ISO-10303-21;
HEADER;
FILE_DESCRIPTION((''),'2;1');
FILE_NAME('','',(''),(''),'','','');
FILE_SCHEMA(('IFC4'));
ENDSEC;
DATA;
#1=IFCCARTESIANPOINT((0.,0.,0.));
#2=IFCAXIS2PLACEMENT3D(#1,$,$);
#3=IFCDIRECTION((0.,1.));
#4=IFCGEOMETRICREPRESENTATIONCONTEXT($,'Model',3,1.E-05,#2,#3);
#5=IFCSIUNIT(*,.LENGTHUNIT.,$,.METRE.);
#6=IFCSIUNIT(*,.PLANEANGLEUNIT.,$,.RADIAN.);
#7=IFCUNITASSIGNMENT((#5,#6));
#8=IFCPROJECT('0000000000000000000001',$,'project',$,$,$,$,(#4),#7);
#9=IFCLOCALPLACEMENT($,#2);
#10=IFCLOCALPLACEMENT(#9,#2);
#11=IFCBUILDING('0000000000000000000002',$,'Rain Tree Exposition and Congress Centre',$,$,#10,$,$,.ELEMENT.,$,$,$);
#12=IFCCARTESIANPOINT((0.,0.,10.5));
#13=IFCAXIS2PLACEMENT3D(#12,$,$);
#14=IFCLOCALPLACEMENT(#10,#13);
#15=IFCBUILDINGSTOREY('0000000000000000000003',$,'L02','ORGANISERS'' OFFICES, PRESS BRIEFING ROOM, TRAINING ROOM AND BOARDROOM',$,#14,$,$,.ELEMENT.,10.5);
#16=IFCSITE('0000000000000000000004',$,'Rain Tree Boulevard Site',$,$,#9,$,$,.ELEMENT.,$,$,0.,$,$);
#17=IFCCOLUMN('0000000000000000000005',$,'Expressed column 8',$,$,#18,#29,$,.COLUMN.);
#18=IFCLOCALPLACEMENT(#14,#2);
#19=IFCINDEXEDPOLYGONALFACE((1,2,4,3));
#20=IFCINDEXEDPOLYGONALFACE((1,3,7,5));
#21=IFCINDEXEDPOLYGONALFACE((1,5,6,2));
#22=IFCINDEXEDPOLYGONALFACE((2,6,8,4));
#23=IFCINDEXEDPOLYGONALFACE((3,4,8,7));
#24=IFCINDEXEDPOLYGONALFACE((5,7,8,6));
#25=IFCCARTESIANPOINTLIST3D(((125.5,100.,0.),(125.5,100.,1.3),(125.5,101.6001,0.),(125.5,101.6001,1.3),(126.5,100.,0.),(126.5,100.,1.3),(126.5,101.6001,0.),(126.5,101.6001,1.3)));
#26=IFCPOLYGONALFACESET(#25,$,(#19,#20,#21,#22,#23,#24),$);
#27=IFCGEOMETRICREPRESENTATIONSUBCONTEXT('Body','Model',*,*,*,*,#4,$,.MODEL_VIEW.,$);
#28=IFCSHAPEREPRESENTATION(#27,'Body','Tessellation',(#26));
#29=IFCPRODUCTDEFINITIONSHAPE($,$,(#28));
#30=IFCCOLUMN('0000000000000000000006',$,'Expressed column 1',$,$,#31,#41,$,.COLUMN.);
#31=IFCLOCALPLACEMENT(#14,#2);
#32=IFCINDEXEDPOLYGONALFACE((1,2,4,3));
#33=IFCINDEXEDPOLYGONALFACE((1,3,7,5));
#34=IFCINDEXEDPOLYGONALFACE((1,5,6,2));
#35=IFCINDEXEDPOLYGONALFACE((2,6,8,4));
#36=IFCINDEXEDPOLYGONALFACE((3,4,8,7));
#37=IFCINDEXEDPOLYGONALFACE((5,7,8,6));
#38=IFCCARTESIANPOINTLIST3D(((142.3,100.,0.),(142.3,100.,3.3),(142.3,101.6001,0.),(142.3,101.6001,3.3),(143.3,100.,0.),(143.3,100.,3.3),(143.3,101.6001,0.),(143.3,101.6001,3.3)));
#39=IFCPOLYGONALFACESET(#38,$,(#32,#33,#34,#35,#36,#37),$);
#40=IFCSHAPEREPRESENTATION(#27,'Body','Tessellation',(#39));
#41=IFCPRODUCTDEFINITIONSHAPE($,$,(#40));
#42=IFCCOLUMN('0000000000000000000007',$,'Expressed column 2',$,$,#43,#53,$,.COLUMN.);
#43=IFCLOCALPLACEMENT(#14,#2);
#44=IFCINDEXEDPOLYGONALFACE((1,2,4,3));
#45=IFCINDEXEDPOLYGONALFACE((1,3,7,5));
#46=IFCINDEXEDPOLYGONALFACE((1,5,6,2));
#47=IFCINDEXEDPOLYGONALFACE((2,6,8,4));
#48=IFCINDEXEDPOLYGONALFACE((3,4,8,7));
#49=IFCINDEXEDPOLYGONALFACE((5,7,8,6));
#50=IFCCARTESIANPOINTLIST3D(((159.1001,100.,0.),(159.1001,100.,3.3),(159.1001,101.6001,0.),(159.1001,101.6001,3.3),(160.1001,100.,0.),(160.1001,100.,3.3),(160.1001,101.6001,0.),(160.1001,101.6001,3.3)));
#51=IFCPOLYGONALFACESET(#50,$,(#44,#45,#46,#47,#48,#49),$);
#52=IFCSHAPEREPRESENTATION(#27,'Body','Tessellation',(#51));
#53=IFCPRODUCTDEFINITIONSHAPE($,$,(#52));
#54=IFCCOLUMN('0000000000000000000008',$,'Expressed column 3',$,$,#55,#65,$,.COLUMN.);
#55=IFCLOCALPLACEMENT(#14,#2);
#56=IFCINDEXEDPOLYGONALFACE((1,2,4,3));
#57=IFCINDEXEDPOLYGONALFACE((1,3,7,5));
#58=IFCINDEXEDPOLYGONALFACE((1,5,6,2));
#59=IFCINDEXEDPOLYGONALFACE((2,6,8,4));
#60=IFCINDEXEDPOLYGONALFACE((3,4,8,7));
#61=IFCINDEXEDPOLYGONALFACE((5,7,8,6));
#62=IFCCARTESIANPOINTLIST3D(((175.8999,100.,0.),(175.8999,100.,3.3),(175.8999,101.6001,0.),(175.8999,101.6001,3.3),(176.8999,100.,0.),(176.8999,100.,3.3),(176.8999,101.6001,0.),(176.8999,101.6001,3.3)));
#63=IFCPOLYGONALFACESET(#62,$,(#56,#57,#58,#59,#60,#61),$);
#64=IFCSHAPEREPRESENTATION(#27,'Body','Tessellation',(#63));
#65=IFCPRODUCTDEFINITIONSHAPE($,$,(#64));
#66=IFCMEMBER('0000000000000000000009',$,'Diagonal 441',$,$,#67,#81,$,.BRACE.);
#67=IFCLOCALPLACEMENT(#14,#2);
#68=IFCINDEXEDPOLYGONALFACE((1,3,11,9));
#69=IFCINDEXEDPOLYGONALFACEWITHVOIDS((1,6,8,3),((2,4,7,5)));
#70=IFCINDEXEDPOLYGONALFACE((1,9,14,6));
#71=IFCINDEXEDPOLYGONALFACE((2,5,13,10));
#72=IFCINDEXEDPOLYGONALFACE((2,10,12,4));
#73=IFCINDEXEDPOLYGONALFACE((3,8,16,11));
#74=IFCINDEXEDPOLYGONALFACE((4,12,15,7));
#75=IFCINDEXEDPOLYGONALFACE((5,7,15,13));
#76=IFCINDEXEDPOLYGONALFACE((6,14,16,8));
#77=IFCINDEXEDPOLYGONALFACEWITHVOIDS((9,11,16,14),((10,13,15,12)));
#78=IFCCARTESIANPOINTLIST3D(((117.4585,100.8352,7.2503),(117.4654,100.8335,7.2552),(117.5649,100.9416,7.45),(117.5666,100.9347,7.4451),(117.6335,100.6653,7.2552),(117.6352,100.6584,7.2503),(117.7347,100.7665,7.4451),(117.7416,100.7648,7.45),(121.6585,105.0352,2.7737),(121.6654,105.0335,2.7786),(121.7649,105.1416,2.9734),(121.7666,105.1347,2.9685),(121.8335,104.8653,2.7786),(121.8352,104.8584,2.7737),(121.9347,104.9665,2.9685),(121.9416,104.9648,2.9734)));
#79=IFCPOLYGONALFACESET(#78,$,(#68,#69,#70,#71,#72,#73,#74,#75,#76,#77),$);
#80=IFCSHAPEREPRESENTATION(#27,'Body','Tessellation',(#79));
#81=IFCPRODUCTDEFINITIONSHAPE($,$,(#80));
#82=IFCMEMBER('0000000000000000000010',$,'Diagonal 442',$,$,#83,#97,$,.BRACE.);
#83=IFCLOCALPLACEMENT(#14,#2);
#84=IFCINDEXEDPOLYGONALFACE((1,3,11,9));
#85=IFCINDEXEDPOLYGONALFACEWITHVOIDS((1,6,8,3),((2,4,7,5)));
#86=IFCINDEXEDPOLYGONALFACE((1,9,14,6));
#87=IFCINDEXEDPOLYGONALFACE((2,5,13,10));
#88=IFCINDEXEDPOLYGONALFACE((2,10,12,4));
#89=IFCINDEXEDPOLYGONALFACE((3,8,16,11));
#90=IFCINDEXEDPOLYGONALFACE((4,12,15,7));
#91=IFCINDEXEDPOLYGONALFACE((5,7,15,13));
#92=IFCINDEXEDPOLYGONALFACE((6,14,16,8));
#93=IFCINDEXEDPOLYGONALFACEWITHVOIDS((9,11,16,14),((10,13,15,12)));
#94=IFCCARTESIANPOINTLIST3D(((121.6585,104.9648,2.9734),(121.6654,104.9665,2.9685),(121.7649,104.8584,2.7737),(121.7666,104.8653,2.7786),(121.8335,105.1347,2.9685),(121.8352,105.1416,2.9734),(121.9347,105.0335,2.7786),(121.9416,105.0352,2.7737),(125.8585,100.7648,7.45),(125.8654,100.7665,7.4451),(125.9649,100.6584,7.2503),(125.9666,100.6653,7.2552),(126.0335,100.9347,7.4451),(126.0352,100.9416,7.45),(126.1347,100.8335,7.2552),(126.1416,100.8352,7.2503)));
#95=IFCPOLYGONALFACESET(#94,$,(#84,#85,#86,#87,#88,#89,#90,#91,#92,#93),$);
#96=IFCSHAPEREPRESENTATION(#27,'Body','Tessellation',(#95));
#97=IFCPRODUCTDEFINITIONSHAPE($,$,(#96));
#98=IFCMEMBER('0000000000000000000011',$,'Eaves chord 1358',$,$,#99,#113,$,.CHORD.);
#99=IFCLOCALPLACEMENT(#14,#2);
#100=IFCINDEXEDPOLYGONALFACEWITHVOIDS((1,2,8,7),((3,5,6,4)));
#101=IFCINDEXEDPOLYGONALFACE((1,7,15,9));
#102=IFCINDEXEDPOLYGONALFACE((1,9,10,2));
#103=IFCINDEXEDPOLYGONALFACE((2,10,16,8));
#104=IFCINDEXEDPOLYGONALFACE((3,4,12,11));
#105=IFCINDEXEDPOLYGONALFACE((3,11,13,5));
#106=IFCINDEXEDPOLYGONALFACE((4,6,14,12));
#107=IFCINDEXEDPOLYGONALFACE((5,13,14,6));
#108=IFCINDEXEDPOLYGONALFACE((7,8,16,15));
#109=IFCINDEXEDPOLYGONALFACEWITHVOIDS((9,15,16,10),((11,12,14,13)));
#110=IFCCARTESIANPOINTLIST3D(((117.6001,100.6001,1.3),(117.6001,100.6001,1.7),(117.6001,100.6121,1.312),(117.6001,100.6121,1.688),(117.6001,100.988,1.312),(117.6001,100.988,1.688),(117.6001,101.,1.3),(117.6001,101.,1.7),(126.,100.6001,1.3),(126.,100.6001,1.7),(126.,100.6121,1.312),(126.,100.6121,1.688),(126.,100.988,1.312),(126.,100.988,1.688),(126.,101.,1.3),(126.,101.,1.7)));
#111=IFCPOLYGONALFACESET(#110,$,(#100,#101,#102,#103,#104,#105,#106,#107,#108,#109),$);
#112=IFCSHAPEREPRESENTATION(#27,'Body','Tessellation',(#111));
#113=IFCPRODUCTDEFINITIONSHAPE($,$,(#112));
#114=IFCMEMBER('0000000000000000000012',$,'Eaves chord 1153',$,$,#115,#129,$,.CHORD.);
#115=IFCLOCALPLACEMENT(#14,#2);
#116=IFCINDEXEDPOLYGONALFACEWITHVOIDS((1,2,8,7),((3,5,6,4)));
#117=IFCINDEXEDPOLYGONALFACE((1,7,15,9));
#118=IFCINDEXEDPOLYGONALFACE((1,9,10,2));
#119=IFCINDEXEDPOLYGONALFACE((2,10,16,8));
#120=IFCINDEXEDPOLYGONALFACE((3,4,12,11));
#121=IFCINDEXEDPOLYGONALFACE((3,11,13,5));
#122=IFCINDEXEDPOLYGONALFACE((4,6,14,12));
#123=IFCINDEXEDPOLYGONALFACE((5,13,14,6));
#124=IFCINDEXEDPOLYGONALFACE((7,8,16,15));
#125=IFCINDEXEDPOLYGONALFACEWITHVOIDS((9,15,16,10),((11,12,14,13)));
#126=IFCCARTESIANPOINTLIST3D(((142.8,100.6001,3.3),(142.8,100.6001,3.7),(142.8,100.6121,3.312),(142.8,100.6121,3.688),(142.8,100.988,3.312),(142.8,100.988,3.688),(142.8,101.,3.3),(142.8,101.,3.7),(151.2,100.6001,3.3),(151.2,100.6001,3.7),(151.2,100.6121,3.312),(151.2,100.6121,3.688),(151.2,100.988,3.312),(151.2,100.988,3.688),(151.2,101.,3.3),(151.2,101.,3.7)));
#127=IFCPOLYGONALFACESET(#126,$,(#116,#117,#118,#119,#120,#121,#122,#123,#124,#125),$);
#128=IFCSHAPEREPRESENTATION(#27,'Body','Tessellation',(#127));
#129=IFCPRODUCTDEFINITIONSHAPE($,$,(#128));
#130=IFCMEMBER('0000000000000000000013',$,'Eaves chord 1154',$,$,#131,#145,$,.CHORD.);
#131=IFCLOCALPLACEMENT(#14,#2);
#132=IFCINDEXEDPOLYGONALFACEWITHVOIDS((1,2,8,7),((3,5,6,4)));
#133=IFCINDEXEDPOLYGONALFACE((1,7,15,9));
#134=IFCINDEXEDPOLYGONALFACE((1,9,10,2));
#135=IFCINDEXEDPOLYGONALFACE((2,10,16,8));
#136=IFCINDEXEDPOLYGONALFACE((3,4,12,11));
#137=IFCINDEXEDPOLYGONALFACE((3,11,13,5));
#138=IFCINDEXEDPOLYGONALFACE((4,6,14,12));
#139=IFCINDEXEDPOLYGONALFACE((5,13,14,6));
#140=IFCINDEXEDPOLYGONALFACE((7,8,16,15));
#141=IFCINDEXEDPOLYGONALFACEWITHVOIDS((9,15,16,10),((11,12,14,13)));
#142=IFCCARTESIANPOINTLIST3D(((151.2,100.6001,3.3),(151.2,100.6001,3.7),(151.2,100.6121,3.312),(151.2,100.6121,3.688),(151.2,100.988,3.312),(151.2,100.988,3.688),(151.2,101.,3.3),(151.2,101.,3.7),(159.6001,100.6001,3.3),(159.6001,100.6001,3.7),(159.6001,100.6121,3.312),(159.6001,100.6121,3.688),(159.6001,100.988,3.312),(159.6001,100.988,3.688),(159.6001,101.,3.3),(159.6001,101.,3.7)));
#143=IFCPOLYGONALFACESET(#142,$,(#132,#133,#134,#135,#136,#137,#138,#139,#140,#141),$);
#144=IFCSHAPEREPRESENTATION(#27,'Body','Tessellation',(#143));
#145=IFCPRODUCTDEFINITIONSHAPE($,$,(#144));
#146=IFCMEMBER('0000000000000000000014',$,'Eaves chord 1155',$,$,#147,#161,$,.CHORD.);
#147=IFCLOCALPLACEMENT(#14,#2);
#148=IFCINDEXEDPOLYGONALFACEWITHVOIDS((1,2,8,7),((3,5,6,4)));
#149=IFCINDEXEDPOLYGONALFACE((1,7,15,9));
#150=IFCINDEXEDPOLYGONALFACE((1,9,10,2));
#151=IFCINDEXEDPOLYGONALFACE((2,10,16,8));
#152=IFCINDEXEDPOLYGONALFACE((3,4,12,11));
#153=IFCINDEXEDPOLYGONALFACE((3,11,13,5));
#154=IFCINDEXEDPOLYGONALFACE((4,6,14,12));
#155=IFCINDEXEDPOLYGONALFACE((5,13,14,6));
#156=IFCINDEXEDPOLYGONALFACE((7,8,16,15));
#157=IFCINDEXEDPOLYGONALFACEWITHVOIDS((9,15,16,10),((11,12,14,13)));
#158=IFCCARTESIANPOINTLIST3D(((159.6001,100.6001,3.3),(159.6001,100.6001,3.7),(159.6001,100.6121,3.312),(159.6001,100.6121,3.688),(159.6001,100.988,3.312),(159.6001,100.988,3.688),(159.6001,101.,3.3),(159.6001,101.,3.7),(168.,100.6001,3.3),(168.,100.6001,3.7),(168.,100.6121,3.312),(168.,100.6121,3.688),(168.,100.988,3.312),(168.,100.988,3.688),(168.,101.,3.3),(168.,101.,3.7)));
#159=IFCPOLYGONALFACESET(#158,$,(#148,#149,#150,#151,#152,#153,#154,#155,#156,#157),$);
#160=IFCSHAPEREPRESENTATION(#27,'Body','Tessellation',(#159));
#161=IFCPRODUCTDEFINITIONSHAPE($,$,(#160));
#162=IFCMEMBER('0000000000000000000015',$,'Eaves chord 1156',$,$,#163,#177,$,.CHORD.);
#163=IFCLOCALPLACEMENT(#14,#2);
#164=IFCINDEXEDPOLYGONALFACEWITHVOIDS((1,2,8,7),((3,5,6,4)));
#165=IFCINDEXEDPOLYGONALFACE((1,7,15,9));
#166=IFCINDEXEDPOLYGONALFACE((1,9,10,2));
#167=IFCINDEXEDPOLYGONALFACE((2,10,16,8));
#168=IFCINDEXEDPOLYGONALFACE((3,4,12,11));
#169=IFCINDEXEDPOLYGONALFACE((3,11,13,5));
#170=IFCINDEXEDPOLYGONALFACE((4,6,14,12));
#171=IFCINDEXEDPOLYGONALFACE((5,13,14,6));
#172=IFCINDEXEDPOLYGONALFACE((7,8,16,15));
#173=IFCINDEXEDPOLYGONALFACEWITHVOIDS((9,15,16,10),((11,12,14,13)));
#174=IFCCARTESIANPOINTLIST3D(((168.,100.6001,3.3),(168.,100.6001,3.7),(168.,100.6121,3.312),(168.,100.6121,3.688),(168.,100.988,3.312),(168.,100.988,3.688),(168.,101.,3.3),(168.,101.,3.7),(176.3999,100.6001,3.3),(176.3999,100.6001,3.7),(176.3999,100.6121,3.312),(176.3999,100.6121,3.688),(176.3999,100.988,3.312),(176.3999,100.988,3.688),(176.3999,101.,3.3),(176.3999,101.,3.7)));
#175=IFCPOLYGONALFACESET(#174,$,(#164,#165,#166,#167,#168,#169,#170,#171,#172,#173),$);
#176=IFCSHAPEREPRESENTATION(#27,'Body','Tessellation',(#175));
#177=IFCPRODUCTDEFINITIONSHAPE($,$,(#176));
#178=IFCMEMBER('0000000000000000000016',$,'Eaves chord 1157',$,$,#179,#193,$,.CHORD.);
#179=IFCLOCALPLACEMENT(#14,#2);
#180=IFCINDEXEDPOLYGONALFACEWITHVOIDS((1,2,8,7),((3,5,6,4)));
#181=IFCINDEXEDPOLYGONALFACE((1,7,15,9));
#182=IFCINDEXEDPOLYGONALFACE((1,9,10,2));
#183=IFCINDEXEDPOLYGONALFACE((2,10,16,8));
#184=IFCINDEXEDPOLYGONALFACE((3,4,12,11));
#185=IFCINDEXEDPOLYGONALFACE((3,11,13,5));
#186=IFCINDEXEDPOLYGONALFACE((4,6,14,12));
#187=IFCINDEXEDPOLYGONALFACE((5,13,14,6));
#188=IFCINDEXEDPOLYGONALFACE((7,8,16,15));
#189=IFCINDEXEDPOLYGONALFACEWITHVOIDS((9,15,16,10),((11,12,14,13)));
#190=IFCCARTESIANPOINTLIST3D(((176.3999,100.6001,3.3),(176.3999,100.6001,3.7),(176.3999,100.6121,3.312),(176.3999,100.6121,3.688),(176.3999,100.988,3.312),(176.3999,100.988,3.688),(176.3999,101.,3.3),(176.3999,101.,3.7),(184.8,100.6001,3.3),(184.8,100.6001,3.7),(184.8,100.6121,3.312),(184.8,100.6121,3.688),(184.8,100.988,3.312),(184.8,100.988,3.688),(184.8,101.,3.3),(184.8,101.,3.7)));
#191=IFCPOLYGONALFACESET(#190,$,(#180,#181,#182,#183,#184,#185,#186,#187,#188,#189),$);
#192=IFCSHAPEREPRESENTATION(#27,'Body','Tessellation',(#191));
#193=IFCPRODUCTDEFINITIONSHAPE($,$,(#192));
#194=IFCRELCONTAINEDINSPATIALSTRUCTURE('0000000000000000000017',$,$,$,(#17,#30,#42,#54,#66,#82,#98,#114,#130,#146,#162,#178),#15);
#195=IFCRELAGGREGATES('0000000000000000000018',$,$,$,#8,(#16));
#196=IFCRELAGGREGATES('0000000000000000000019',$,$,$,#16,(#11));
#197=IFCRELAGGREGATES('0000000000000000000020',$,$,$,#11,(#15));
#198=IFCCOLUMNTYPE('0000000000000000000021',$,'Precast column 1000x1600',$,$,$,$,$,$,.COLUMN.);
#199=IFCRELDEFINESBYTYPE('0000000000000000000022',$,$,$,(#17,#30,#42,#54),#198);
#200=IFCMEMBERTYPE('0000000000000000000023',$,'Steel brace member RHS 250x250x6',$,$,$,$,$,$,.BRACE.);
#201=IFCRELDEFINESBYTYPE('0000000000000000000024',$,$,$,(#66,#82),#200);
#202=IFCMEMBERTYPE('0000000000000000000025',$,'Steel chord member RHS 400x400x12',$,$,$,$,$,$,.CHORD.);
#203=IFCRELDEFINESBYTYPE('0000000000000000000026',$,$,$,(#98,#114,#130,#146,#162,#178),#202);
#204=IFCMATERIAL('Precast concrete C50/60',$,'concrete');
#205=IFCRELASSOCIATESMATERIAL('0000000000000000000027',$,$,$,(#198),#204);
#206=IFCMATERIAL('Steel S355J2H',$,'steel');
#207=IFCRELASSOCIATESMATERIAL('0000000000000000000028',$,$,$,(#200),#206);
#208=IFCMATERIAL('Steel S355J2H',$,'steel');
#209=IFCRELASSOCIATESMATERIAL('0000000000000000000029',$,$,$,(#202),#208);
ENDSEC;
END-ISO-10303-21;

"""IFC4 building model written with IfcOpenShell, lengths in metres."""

from ifc_helpers import new_model, si_unit, direction, frame, origin, origin_2d, place, context, subcontext, project, spatial, rectangle, hollow_rectangle, extrude, material, material_profile, profile_set, type_object, element, save


model = new_model("IFC4")

# Units and contexts
model_context = context("Model", 3, precision=1e-05, world=origin(), true_north=direction((0.0, 1.0)))
body_context = subcontext(model_context, "Body", "Model", "MODEL_VIEW")
ifc_project = project(units=[si_unit("LENGTHUNIT", "METRE"), si_unit("PLANEANGLEUNIT", "RADIAN")], contexts=[model_context])

# Site, building, storey
site_placement = place(None, origin())
site = spatial("IfcSite", under=ifc_project, at=site_placement, Name="Rain Tree Boulevard Site", CompositionType="ELEMENT", RefElevation=0.0)
building_placement = place(site_placement, origin())
building = spatial("IfcBuilding", under=site, at=building_placement, Name="Rain Tree Exposition and Congress Centre", CompositionType="ELEMENT")
storey_placement = place(building_placement, frame((0.0, 0.0, 10.5)))
storey = spatial("IfcBuildingStorey", under=building, at=storey_placement, Name="L02", Description="ORGANISERS' OFFICES, PRESS BRIEFING ROOM, TRAINING ROOM AND BOARDROOM", CompositionType="ELEMENT", Elevation=10.5)

# Columns
ifc_material_1 = material(Name="Precast concrete C50/60", Category="concrete")
ifc_material_profile_1 = material_profile(ifc_material_1, rectangle(XDim=1.0, YDim=1.6001, at=origin_2d()), Name="RC 1000x1600")
ifc_profile_set_1 = profile_set([ifc_material_profile_1], Name="Precast concrete C50/60")
column_type = type_object("IfcColumnType", Name="Precast column 1000x1600", PredefinedType="COLUMN", material=ifc_profile_set_1)
column_placement = place(storey_placement, frame((126.0, 100.8, 0.0), z_axis=(0.0, 0.0, 1.0), x_axis=(1.0, 0.0, 0.0)))
element("IfcColumn", 1, at=column_placement, inside=storey, type_object=column_type, Name="Expressed column 8", PredefinedType="COLUMN", context=body_context, shape_type="SweptSolid", body=[
    extrude(rectangle(XDim=1.0, YDim=1.6001, at=origin_2d()), origin(), (0.0, 0.0, 1.0), 1.3),
])
for number, where, z_axis, x_axis, name in (
    (2, (142.8, 100.8, 0.0), (0.0, 0.0, 1.0), (1.0, 0.0, 0.0), "Expressed column 1"),
    (3, (159.6001, 100.8, 0.0), (0.0, 0.0, 1.0), (1.0, 0.0, 0.0), "Expressed column 2"),
    (4, (176.3999, 100.8, 0.0), (0.0, 0.0, 1.0), (1.0, 0.0, 0.0), "Expressed column 3"),
):
    element("IfcColumn", number, at=place(storey_placement, frame(where, z_axis=z_axis, x_axis=x_axis)), inside=storey, type_object=column_type, Name=name, PredefinedType="COLUMN", context=body_context, shape_type="SweptSolid", body=[
        extrude(rectangle(XDim=1.0, YDim=1.6001, at=origin_2d()), origin(), (0.0, 0.0, 1.0), 3.3),
    ])

# Members
ifc_material_2 = material(Name="Steel S355J2H", Category="steel")
ifc_material_profile_2 = material_profile(ifc_material_2, hollow_rectangle(XDim=0.25, YDim=0.25, WallThickness=0.0061, at=origin_2d()), Name="RHS 250x250x6")
ifc_profile_set_2 = profile_set([ifc_material_profile_2], Name="Steel S355J2H")
member_type_1 = type_object("IfcMemberType", Name="Steel brace member RHS 250x250x6", PredefinedType="BRACE", material=ifc_profile_set_2)
for number, where, z_axis, x_axis, name in (
    (5, (121.8, 105.0, 2.8735), (-0.564687, -0.564687, 0.601878), (0.707107, -0.707107, 0.0), "Diagonal 441"),
    (6, (121.8, 105.0, 2.8735), (0.564687, -0.564687, 0.601878), (0.707107, 0.707107, 0.0), "Diagonal 442"),
):
    element("IfcMember", number, at=place(storey_placement, frame(where, z_axis=z_axis, x_axis=x_axis)), inside=storey, type_object=member_type_1, Name=name, PredefinedType="BRACE", context=body_context, shape_type="SweptSolid", body=[
        extrude(hollow_rectangle(XDim=0.25, YDim=0.25, WallThickness=0.0061, at=origin_2d()), origin(), (0.0, 0.0, 1.0), 7.4377),
    ])
ifc_material_3 = material(Name="Steel S355J2H", Category="steel")
ifc_material_profile_3 = material_profile(ifc_material_3, hollow_rectangle(XDim=0.3999, YDim=0.3999, WallThickness=0.012, at=origin_2d()), Name="RHS 400x400x12")
ifc_profile_set_3 = profile_set([ifc_material_profile_3], Name="Steel S355J2H")
member_type_2 = type_object("IfcMemberType", Name="Steel chord member RHS 400x400x12", PredefinedType="CHORD", material=ifc_profile_set_3)
for number, where, z_axis, x_axis, name in (
    (7, (117.6001, 100.8, 1.5), (1.0, 0.0, 0.0), (0.0, 1.0, 0.0), "Eaves chord 1358"),
    (8, (142.8, 100.8, 3.5), (1.0, 0.0, 0.0), (0.0, 1.0, 0.0), "Eaves chord 1153"),
):
    element("IfcMember", number, at=place(storey_placement, frame(where, z_axis=z_axis, x_axis=x_axis)), inside=storey, type_object=member_type_2, Name=name, PredefinedType="CHORD", context=body_context, shape_type="SweptSolid", body=[
        extrude(hollow_rectangle(XDim=0.3999, YDim=0.3999, WallThickness=0.012, at=origin_2d()), origin(), (0.0, 0.0, 1.0), 8.3999),
    ])
member_1_placement = place(storey_placement, frame((151.2, 100.8, 3.5), z_axis=(1.0, 0.0, 0.0), x_axis=(0.0, 1.0, 0.0)))
element("IfcMember", 9, at=member_1_placement, inside=storey, type_object=member_type_2, Name="Eaves chord 1154", PredefinedType="CHORD", context=body_context, shape_type="SweptSolid", body=[
    extrude(hollow_rectangle(XDim=0.3999, YDim=0.3999, WallThickness=0.012, at=origin_2d()), origin(), (0.0, 0.0, 1.0), 8.4001),
])
for number, where, z_axis, x_axis, name in (
    (10, (159.6001, 100.8, 3.5), (1.0, 0.0, 0.0), (0.0, 1.0, 0.0), "Eaves chord 1155"),
    (11, (168.0, 100.8, 3.5), (1.0, 0.0, 0.0), (0.0, 1.0, 0.0), "Eaves chord 1156"),
):
    element("IfcMember", number, at=place(storey_placement, frame(where, z_axis=z_axis, x_axis=x_axis)), inside=storey, type_object=member_type_2, Name=name, PredefinedType="CHORD", context=body_context, shape_type="SweptSolid", body=[
        extrude(hollow_rectangle(XDim=0.3999, YDim=0.3999, WallThickness=0.012, at=origin_2d()), origin(), (0.0, 0.0, 1.0), 8.3999),
    ])
member_2_placement = place(storey_placement, frame((176.3999, 100.8, 3.5), z_axis=(1.0, 0.0, 0.0), x_axis=(0.0, 1.0, 0.0)))
element("IfcMember", 12, at=member_2_placement, inside=storey, type_object=member_type_2, Name="Eaves chord 1157", PredefinedType="CHORD", context=body_context, shape_type="SweptSolid", body=[
    extrude(hollow_rectangle(XDim=0.3999, YDim=0.3999, WallThickness=0.012, at=origin_2d()), origin(), (0.0, 0.0, 1.0), 8.4001),
])

save(model, "model.ifc")
